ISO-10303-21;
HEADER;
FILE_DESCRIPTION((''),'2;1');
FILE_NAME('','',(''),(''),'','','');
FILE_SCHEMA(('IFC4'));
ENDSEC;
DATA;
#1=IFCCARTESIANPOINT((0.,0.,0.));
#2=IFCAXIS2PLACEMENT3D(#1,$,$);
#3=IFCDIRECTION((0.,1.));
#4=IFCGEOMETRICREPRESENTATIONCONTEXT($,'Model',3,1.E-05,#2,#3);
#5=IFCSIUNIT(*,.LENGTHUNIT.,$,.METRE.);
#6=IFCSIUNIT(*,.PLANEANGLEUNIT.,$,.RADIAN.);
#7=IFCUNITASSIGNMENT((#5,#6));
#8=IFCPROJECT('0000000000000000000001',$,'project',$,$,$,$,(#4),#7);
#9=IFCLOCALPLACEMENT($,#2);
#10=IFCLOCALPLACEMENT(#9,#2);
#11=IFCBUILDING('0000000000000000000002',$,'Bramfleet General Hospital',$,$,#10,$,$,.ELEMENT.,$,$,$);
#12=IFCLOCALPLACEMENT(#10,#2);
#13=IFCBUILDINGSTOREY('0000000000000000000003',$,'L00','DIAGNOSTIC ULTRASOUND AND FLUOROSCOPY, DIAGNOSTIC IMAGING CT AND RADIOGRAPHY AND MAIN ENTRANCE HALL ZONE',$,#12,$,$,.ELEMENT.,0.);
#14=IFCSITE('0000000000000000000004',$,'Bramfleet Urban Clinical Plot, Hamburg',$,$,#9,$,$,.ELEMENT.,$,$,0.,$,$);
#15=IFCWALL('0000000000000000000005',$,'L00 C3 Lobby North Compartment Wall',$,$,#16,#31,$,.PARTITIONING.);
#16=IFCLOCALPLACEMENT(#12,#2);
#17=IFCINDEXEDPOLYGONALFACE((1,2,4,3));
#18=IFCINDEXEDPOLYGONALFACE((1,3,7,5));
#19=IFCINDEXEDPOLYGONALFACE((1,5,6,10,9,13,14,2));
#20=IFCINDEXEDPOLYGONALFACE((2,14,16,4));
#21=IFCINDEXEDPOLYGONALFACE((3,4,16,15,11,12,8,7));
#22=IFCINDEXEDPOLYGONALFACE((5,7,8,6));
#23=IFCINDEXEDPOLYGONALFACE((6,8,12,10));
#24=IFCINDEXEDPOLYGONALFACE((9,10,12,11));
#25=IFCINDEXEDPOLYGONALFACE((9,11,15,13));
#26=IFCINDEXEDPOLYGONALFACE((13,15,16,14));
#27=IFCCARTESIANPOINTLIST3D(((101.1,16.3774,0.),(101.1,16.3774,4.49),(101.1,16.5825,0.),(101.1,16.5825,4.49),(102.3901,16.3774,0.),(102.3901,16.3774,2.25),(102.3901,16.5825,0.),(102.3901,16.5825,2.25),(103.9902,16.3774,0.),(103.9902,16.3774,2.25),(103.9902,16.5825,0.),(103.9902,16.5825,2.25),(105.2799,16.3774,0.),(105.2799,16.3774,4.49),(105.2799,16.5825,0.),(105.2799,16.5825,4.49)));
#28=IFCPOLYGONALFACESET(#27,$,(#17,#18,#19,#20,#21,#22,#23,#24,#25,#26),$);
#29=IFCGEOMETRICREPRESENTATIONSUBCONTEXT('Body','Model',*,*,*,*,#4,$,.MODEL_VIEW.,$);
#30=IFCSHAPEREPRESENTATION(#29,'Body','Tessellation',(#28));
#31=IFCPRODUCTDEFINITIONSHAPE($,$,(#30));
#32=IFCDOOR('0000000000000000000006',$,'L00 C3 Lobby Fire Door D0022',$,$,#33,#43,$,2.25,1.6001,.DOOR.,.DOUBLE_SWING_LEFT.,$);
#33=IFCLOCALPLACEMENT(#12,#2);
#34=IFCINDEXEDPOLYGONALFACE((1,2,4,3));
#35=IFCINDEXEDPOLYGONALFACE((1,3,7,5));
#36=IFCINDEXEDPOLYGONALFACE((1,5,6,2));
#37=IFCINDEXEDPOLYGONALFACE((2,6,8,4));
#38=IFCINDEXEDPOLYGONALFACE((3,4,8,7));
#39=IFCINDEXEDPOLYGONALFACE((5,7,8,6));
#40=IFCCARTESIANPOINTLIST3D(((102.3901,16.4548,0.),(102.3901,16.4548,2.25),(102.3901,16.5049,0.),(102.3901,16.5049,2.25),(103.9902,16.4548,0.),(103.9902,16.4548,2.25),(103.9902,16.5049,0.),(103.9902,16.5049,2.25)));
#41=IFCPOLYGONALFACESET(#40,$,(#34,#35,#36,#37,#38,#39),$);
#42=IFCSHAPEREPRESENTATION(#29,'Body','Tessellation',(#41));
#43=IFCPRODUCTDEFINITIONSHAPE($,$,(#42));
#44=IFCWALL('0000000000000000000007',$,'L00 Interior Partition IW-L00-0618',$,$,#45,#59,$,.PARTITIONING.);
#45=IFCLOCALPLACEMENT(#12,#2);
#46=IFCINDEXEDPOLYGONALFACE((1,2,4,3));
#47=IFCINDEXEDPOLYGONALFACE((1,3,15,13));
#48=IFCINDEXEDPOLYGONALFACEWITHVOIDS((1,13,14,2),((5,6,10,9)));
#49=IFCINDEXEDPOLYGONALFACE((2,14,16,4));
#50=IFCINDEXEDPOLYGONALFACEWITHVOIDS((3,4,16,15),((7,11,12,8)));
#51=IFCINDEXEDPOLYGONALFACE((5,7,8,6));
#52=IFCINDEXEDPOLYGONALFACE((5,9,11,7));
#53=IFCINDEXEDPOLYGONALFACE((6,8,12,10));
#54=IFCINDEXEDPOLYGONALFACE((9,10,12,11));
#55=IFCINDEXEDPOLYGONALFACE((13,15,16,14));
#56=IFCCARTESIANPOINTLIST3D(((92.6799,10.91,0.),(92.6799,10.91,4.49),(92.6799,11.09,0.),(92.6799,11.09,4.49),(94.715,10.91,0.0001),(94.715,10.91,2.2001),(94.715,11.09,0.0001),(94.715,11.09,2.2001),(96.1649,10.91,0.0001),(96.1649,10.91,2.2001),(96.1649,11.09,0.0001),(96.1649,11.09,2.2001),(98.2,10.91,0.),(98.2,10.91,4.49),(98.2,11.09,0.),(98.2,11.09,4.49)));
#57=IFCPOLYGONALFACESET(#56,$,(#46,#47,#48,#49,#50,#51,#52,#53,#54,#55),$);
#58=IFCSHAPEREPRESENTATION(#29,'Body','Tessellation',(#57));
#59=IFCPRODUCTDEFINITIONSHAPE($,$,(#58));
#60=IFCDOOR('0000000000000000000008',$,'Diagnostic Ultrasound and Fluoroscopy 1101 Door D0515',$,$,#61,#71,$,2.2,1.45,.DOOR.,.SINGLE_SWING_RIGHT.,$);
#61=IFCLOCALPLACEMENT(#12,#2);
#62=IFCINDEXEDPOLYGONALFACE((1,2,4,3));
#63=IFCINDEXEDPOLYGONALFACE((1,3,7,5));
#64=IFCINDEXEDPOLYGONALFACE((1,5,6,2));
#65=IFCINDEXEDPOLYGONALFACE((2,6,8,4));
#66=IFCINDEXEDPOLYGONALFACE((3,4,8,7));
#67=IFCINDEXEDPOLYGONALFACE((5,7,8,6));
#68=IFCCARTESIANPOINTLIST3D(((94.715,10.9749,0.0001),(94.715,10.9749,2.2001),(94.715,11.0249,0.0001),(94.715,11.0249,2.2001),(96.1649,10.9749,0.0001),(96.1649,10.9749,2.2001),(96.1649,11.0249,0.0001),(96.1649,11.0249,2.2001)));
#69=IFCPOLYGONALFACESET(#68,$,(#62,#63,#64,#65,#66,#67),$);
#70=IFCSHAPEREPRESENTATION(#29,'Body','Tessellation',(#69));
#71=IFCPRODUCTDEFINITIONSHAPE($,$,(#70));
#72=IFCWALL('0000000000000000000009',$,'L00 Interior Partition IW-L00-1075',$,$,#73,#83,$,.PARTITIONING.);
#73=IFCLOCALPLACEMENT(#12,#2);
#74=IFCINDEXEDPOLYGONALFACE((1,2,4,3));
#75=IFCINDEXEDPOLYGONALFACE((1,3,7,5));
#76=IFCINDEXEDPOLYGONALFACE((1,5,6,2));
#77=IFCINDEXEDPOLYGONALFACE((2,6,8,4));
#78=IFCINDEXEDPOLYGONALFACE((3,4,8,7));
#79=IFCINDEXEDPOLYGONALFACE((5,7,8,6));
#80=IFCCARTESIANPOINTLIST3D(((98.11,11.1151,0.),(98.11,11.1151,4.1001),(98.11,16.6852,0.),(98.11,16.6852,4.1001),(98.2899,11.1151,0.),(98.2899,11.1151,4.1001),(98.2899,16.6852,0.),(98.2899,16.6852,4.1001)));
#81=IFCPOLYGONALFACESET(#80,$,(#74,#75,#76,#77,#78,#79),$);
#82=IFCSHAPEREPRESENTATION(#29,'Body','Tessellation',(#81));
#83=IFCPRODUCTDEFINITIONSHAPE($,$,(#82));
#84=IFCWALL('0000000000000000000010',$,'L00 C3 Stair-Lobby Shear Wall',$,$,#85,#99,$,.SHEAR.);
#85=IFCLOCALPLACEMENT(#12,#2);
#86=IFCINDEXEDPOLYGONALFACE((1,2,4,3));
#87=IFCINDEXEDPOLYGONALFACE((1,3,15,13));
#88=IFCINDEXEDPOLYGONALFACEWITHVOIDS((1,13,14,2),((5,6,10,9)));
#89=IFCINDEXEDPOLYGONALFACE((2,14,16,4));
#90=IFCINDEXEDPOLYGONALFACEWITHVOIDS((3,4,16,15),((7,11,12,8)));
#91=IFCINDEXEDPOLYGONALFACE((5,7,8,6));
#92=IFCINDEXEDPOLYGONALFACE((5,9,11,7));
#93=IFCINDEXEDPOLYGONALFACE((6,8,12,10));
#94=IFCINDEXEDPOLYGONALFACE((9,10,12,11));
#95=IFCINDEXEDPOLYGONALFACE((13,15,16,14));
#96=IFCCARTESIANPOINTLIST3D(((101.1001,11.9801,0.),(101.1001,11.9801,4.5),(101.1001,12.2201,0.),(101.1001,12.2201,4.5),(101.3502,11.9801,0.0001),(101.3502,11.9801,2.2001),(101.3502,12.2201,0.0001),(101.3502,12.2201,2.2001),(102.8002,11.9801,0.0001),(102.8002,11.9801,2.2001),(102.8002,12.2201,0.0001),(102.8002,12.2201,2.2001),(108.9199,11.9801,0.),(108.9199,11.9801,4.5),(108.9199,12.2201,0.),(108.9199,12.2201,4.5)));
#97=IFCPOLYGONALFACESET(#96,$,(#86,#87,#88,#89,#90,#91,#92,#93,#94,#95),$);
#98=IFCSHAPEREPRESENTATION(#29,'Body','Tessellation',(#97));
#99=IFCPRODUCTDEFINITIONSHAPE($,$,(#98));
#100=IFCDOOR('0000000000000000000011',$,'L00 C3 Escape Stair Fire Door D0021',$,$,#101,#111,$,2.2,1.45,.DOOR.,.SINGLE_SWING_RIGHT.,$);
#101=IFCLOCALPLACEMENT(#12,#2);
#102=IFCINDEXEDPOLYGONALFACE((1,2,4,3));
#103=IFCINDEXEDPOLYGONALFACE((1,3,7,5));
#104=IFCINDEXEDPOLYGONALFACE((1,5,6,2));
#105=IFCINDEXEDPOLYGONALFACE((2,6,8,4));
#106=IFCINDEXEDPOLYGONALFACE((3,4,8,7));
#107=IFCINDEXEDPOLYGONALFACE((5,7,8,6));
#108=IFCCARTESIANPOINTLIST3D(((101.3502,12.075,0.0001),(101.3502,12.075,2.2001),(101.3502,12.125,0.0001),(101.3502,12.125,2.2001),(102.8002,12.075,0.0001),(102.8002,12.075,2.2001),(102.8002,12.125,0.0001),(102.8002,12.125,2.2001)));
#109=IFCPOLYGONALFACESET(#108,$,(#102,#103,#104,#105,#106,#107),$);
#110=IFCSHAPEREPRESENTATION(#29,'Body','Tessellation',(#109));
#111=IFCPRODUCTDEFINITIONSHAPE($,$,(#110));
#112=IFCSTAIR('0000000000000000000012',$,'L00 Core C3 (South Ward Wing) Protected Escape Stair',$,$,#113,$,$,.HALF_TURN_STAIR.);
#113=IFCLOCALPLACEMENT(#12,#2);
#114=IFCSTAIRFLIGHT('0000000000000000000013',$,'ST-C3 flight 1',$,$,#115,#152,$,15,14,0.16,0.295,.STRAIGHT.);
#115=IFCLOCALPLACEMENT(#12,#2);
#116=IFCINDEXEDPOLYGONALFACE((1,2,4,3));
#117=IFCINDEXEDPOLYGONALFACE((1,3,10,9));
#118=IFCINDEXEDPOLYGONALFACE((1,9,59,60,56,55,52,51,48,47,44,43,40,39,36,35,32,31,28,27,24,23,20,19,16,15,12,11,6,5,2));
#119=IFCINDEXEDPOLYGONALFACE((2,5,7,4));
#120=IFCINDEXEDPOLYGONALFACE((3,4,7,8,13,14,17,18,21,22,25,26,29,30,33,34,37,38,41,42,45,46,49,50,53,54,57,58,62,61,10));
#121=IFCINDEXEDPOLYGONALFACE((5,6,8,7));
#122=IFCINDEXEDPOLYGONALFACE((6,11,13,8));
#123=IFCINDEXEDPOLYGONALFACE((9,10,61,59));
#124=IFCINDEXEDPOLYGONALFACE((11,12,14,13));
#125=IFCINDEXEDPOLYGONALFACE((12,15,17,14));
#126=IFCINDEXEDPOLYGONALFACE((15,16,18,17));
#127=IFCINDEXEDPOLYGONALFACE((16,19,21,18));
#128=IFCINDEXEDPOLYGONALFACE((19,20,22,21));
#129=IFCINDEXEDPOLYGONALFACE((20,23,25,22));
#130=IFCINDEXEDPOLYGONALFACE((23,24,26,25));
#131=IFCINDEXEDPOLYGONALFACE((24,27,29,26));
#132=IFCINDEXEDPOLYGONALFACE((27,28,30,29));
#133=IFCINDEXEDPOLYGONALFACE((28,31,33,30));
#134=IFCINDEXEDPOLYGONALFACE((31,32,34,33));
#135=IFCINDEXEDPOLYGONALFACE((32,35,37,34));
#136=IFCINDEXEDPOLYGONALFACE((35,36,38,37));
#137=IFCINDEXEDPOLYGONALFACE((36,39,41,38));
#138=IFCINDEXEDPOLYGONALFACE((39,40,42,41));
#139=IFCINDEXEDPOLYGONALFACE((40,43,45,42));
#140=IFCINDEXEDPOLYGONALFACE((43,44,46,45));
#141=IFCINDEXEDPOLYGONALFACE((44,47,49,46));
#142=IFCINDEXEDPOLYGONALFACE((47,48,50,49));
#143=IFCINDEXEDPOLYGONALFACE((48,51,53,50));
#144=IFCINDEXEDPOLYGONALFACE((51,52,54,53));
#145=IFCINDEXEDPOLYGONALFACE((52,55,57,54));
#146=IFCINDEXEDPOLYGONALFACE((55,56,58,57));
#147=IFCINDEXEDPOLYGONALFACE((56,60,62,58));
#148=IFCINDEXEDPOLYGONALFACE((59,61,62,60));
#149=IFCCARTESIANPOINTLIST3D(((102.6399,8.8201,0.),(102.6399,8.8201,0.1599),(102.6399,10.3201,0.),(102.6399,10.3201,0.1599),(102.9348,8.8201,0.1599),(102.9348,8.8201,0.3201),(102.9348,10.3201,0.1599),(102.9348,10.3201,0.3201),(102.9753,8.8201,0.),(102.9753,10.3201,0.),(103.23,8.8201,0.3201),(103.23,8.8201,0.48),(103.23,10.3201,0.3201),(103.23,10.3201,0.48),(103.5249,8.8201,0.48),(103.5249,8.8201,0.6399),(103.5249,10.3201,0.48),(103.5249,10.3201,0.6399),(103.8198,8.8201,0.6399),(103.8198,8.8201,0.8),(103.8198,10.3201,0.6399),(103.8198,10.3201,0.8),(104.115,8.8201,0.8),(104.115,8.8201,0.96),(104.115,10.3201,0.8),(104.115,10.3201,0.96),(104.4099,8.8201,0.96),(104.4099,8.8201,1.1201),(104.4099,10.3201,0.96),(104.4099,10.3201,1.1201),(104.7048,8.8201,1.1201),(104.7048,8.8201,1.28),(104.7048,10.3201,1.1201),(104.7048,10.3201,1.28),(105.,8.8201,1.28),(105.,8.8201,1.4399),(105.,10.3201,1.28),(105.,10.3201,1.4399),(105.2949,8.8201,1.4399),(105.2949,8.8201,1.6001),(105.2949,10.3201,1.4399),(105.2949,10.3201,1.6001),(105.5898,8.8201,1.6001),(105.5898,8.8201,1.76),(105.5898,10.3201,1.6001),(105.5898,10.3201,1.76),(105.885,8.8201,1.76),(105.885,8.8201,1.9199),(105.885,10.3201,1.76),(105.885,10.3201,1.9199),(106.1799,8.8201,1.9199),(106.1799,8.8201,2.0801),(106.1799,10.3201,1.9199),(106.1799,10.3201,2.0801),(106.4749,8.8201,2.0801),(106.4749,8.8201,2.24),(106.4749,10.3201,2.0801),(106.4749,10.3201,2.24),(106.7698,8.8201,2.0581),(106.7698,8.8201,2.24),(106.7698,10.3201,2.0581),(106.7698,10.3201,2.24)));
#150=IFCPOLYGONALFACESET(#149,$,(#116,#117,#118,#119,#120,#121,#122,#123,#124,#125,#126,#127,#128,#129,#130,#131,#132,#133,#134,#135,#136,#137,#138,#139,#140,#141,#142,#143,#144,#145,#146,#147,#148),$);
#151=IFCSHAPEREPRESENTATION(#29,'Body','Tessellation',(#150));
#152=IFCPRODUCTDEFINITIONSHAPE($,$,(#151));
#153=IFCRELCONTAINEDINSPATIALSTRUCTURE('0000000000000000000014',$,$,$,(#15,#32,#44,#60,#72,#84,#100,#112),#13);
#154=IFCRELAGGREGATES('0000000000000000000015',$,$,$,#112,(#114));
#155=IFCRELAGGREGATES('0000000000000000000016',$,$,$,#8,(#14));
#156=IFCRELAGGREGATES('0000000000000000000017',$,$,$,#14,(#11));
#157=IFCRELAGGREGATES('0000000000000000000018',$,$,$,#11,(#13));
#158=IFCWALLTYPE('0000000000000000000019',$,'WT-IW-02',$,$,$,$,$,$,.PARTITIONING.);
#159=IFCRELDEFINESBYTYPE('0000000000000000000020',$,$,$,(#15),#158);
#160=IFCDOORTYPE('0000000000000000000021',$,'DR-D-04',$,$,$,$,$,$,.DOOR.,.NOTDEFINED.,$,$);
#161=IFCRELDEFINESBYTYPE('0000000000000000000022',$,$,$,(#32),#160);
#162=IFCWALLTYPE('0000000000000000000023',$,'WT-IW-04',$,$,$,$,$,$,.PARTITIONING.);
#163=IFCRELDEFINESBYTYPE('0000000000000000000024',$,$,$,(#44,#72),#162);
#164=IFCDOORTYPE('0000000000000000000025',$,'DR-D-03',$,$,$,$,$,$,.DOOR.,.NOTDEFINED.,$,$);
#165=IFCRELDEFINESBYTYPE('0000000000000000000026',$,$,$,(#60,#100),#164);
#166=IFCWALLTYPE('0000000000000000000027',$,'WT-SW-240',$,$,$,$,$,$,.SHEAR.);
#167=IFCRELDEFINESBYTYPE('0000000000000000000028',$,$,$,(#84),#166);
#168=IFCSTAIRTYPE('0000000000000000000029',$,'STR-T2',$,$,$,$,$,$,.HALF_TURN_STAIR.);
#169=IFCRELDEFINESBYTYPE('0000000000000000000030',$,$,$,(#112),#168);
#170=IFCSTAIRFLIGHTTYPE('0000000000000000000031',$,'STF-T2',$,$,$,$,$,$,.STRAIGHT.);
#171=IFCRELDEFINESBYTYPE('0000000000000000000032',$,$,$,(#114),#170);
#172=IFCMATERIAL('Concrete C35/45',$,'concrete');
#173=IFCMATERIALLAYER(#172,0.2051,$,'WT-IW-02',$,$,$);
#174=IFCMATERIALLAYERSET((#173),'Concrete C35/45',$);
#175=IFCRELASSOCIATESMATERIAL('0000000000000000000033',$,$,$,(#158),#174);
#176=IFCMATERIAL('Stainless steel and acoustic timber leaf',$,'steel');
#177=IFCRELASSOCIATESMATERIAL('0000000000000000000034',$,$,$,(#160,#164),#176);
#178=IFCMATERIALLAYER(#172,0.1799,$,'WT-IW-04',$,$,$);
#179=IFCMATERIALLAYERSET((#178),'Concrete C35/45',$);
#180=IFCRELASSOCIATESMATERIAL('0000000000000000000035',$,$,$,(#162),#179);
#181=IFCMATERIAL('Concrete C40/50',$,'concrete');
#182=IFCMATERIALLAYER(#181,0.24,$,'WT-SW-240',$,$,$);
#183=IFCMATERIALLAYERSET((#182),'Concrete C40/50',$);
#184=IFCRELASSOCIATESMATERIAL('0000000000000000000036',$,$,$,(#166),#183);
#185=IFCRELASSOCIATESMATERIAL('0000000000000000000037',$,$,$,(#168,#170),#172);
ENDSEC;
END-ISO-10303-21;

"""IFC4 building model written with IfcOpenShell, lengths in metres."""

from ifc_helpers import new_model, si_unit, direction, frame, frame_2d, origin, place, context, subcontext, project, spatial, polyline, rectangle, outline, extrude, material, layer, layer_set, type_object, element, fill, aggregate, save


model = new_model("IFC4")

# Units and contexts
model_context = context("Model", 3, precision=1e-05, world=origin(), true_north=direction((0.0, 1.0)))
body_context = subcontext(model_context, "Body", "Model", "MODEL_VIEW")
ifc_project = project(units=[si_unit("LENGTHUNIT", "METRE"), si_unit("PLANEANGLEUNIT", "RADIAN")], contexts=[model_context])

# Site, building, storey
site_placement = place(None, origin())
site = spatial("IfcSite", under=ifc_project, at=site_placement, Name="Bramfleet Urban Clinical Plot, Hamburg", CompositionType="ELEMENT", RefElevation=0.0)
building_placement = place(site_placement, origin())
building = spatial("IfcBuilding", under=site, at=building_placement, Name="Bramfleet General Hospital", CompositionType="ELEMENT")
storey_placement = place(building_placement, origin())
storey = spatial("IfcBuildingStorey", under=building, at=storey_placement, Name="L00", Description="DIAGNOSTIC ULTRASOUND AND FLUOROSCOPY, DIAGNOSTIC IMAGING CT AND RADIOGRAPHY AND MAIN ENTRANCE HALL ZONE", CompositionType="ELEMENT", Elevation=0.0)

# Shared definitions
ifc_material_1 = material(Name="Concrete C35/45", Category="concrete")

# Shared definitions
ifc_layer_1 = layer(ifc_material_1, 0.2051, Name="WT-IW-02")
ifc_layer_set_1 = layer_set([ifc_layer_1], Name="Concrete C35/45")
wall_type_1 = type_object("IfcWallType", Name="WT-IW-02", PredefinedType="PARTITIONING", material=ifc_layer_set_1)

# Walls, openings, doors
wall_1_placement = place(storey_placement, frame((101.1001, 16.48, 0.0), z_axis=(0.0, 0.0, 1.0), x_axis=(1.0, 0.0, 0.0)))
wall_1 = element("IfcWall", 1, at=wall_1_placement, inside=storey, type_object=wall_type_1, Name="L00 C3 Lobby North Compartment Wall", PredefinedType="PARTITIONING", context=body_context, shape_type="SweptSolid", body=[
    extrude(rectangle(XDim=4.1799, YDim=0.2051, at=frame_2d((2.0898, 0.0))), origin(), (0.0, 0.0, 1.0), 4.49),
])
opening_1_placement = place(wall_1_placement, frame((1.29, 0.0, 0.0)))
opening_1 = element("IfcOpeningElement", 2, at=opening_1_placement, cuts=wall_1, PredefinedType="OPENING", context=body_context, shape_type="SweptSolid", body=[
    extrude(rectangle(XDim=1.6001, YDim=2.25, at=frame_2d((0.8, 1.125))), frame((0.0, 0.1125, 0.0), z_axis=(0.0, -1.0, 0.0), x_axis=(1.0, 0.0, 0.0)), (0.0, 0.0, 1.0), 0.2251),
])
ifc_material_2 = material(Name="Stainless steel and acoustic timber leaf", Category="steel")
door_type_1 = type_object("IfcDoorType", Name="DR-D-04", OperationType="NOTDEFINED", PredefinedType="DOOR", material=ifc_material_2)
door_1_placement = place(opening_1_placement, origin())
door_1 = element("IfcDoor", 3, at=door_1_placement, inside=storey, type_object=door_type_1, Name="L00 C3 Lobby Fire Door D0022", OperationType="DOUBLE_SWING_LEFT", OverallHeight=2.25, OverallWidth=1.6001, PredefinedType="DOOR", context=body_context, shape_type="SweptSolid", body=[
    extrude(rectangle(XDim=1.6001, YDim=2.25, at=frame_2d((0.8, 1.125))), frame((0.0, 0.0249, 0.0), z_axis=(0.0, -1.0, 0.0), x_axis=(1.0, 0.0, 0.0)), (0.0, 0.0, 1.0), 0.05),
])
fill(opening_1, door_1)
ifc_layer_2 = layer(ifc_material_1, 0.1799, Name="WT-IW-04")
ifc_layer_set_2 = layer_set([ifc_layer_2], Name="Concrete C35/45")
wall_type_2 = type_object("IfcWallType", Name="WT-IW-04", PredefinedType="PARTITIONING", material=ifc_layer_set_2)
wall_2_placement = place(storey_placement, frame((92.6799, 11.0, 0.0), z_axis=(0.0, 0.0, 1.0), x_axis=(1.0, 0.0, 0.0)))
wall_2 = element("IfcWall", 4, at=wall_2_placement, inside=storey, type_object=wall_type_2, Name="L00 Interior Partition IW-L00-0618", PredefinedType="PARTITIONING", context=body_context, shape_type="SweptSolid", body=[
    extrude(rectangle(XDim=5.52, YDim=0.1799, at=frame_2d((2.76, 0.0))), origin(), (0.0, 0.0, 1.0), 4.49),
])
opening_2_placement = place(wall_2_placement, frame((2.0349, 0.0, 0.0)))
opening_2 = element("IfcOpeningElement", 5, at=opening_2_placement, cuts=wall_2, PredefinedType="OPENING", context=body_context, shape_type="SweptSolid", body=[
    extrude(rectangle(XDim=1.45, YDim=2.2, at=frame_2d((0.7251, 1.1001))), frame((0.0, 0.0999, 0.0), z_axis=(0.0, -1.0, 0.0), x_axis=(1.0, 0.0, 0.0)), (0.0, 0.0, 1.0), 0.2),
])
door_type_2 = type_object("IfcDoorType", Name="DR-D-03", OperationType="NOTDEFINED", PredefinedType="DOOR", material=ifc_material_2)
door_2_placement = place(opening_2_placement, origin())
door_2 = element("IfcDoor", 6, at=door_2_placement, inside=storey, type_object=door_type_2, Name="Diagnostic Ultrasound and Fluoroscopy 1101 Door D0515", OperationType="SINGLE_SWING_RIGHT", OverallHeight=2.2, OverallWidth=1.45, PredefinedType="DOOR", context=body_context, shape_type="SweptSolid", body=[
    extrude(rectangle(XDim=1.45, YDim=2.2, at=frame_2d((0.7251, 1.1001))), frame((0.0, 0.0249, 0.0), z_axis=(0.0, -1.0, 0.0), x_axis=(1.0, 0.0, 0.0)), (0.0, 0.0, 1.0), 0.05),
])
fill(opening_2, door_2)

# Wall
wall_3_placement = place(storey_placement, frame((98.2, 11.115, 0.0), z_axis=(0.0, 0.0, 1.0), x_axis=(0.0, 1.0, 0.0)))
element("IfcWall", 7, at=wall_3_placement, inside=storey, type_object=wall_type_2, Name="L00 Interior Partition IW-L00-1075", PredefinedType="PARTITIONING", context=body_context, shape_type="SweptSolid", body=[
    extrude(rectangle(XDim=5.5701, YDim=0.1799, at=frame_2d((2.7852, 0.0))), origin(), (0.0, 0.0, 1.0), 4.1001),
])

# Wall, opening, door
ifc_material_3 = material(Name="Concrete C40/50", Category="concrete")
ifc_layer_3 = layer(ifc_material_3, 0.24, Name="WT-SW-240")
ifc_layer_set_3 = layer_set([ifc_layer_3], Name="Concrete C40/50")
wall_type_3 = type_object("IfcWallType", Name="WT-SW-240", PredefinedType="SHEAR", material=ifc_layer_set_3)
wall_4_placement = place(storey_placement, frame((101.1001, 12.1001, 0.0), z_axis=(0.0, 0.0, 1.0), x_axis=(1.0, 0.0, 0.0)))
wall_4 = element("IfcWall", 8, at=wall_4_placement, inside=storey, type_object=wall_type_3, Name="L00 C3 Stair-Lobby Shear Wall", PredefinedType="SHEAR", context=body_context, shape_type="SweptSolid", body=[
    extrude(rectangle(XDim=7.8198, YDim=0.24, at=frame_2d((3.9099, 0.0))), origin(), (0.0, 0.0, 1.0), 4.5),
])
opening_3_placement = place(wall_4_placement, frame((0.25, 0.0, 0.0)))
opening_3 = element("IfcOpeningElement", 9, at=opening_3_placement, cuts=wall_4, PredefinedType="OPENING", context=body_context, shape_type="SweptSolid", body=[
    extrude(rectangle(XDim=1.45, YDim=2.2, at=frame_2d((0.7251, 1.1001))), frame((0.0, 0.1299, 0.0), z_axis=(0.0, -1.0, 0.0), x_axis=(1.0, 0.0, 0.0)), (0.0, 0.0, 1.0), 0.26),
])
door_3_placement = place(opening_3_placement, origin())
door_3 = element("IfcDoor", 10, at=door_3_placement, inside=storey, type_object=door_type_2, Name="L00 C3 Escape Stair Fire Door D0021", OperationType="SINGLE_SWING_RIGHT", OverallHeight=2.2, OverallWidth=1.45, PredefinedType="DOOR", context=body_context, shape_type="SweptSolid", body=[
    extrude(rectangle(XDim=1.45, YDim=2.2, at=frame_2d((0.7251, 1.1001))), frame((0.0, 0.0249, 0.0), z_axis=(0.0, -1.0, 0.0), x_axis=(1.0, 0.0, 0.0)), (0.0, 0.0, 1.0), 0.05),
])
fill(opening_3, door_3)

# Stair, stair flight
stair_type = type_object("IfcStairType", Name="STR-T2", PredefinedType="HALF_TURN_STAIR", material=ifc_material_1)
stair_placement = place(storey_placement, origin())
stair = element("IfcStair", 11, at=stair_placement, inside=storey, type_object=stair_type, Name="L00 Core C3 (South Ward Wing) Protected Escape Stair", PredefinedType="HALF_TURN_STAIR")
stair_flight_type = type_object("IfcStairFlightType", Name="STF-T2", PredefinedType="STRAIGHT", material=ifc_material_1)
stair_flight_1_placement = place(storey_placement, frame((102.6399, 9.5701, 0.0), z_axis=(0.0, 0.0, 1.0), x_axis=(1.0, 0.0, 0.0)))
stair_flight_1 = element("IfcStairFlight", 12, at=stair_flight_1_placement, type_object=stair_flight_type, Name="ST-C3 flight 1", NumberOfRisers=15, NumberOfTreads=14, PredefinedType="STRAIGHT", RiserHeight=0.16, TreadLength=0.295, context=body_context, shape_type="SweptSolid", body=[
    extrude(outline(polyline([(0.0, 0.0), (0.0, 0.1599), (0.2949, 0.1599), (0.2949, 0.3201), (0.5901, 0.3201), (0.5901, 0.48), (0.885, 0.48), (0.885, 0.6399), (1.1799, 0.6399), (1.1799, 0.8), (1.4751, 0.8), (1.4751, 0.96), (1.77, 0.96), (1.77, 1.1201), (2.0649, 1.1201), (2.0649, 1.28), (2.3601, 1.28), (2.3601, 1.4399), (2.655, 1.4399), (2.655, 1.6001), (2.95, 1.6001), (2.95, 1.76), (3.2451, 1.76), (3.2451, 1.9199), (3.54, 1.9199), (3.54, 2.0801), (3.835, 2.0801), (3.835, 2.24), (4.1299, 2.24), (4.1299, 2.3999), (4.1299, 2.0581), (0.3354, 0.0), (0.0, 0.0)])), frame((0.0, 0.75, 0.0), z_axis=(0.0, -1.0, 0.0), x_axis=(1.0, 0.0, 0.0)), (0.0, 0.0, 1.0), 1.5),
])
aggregate(stair, [stair_flight_1])

save(model, "model.ifc")
